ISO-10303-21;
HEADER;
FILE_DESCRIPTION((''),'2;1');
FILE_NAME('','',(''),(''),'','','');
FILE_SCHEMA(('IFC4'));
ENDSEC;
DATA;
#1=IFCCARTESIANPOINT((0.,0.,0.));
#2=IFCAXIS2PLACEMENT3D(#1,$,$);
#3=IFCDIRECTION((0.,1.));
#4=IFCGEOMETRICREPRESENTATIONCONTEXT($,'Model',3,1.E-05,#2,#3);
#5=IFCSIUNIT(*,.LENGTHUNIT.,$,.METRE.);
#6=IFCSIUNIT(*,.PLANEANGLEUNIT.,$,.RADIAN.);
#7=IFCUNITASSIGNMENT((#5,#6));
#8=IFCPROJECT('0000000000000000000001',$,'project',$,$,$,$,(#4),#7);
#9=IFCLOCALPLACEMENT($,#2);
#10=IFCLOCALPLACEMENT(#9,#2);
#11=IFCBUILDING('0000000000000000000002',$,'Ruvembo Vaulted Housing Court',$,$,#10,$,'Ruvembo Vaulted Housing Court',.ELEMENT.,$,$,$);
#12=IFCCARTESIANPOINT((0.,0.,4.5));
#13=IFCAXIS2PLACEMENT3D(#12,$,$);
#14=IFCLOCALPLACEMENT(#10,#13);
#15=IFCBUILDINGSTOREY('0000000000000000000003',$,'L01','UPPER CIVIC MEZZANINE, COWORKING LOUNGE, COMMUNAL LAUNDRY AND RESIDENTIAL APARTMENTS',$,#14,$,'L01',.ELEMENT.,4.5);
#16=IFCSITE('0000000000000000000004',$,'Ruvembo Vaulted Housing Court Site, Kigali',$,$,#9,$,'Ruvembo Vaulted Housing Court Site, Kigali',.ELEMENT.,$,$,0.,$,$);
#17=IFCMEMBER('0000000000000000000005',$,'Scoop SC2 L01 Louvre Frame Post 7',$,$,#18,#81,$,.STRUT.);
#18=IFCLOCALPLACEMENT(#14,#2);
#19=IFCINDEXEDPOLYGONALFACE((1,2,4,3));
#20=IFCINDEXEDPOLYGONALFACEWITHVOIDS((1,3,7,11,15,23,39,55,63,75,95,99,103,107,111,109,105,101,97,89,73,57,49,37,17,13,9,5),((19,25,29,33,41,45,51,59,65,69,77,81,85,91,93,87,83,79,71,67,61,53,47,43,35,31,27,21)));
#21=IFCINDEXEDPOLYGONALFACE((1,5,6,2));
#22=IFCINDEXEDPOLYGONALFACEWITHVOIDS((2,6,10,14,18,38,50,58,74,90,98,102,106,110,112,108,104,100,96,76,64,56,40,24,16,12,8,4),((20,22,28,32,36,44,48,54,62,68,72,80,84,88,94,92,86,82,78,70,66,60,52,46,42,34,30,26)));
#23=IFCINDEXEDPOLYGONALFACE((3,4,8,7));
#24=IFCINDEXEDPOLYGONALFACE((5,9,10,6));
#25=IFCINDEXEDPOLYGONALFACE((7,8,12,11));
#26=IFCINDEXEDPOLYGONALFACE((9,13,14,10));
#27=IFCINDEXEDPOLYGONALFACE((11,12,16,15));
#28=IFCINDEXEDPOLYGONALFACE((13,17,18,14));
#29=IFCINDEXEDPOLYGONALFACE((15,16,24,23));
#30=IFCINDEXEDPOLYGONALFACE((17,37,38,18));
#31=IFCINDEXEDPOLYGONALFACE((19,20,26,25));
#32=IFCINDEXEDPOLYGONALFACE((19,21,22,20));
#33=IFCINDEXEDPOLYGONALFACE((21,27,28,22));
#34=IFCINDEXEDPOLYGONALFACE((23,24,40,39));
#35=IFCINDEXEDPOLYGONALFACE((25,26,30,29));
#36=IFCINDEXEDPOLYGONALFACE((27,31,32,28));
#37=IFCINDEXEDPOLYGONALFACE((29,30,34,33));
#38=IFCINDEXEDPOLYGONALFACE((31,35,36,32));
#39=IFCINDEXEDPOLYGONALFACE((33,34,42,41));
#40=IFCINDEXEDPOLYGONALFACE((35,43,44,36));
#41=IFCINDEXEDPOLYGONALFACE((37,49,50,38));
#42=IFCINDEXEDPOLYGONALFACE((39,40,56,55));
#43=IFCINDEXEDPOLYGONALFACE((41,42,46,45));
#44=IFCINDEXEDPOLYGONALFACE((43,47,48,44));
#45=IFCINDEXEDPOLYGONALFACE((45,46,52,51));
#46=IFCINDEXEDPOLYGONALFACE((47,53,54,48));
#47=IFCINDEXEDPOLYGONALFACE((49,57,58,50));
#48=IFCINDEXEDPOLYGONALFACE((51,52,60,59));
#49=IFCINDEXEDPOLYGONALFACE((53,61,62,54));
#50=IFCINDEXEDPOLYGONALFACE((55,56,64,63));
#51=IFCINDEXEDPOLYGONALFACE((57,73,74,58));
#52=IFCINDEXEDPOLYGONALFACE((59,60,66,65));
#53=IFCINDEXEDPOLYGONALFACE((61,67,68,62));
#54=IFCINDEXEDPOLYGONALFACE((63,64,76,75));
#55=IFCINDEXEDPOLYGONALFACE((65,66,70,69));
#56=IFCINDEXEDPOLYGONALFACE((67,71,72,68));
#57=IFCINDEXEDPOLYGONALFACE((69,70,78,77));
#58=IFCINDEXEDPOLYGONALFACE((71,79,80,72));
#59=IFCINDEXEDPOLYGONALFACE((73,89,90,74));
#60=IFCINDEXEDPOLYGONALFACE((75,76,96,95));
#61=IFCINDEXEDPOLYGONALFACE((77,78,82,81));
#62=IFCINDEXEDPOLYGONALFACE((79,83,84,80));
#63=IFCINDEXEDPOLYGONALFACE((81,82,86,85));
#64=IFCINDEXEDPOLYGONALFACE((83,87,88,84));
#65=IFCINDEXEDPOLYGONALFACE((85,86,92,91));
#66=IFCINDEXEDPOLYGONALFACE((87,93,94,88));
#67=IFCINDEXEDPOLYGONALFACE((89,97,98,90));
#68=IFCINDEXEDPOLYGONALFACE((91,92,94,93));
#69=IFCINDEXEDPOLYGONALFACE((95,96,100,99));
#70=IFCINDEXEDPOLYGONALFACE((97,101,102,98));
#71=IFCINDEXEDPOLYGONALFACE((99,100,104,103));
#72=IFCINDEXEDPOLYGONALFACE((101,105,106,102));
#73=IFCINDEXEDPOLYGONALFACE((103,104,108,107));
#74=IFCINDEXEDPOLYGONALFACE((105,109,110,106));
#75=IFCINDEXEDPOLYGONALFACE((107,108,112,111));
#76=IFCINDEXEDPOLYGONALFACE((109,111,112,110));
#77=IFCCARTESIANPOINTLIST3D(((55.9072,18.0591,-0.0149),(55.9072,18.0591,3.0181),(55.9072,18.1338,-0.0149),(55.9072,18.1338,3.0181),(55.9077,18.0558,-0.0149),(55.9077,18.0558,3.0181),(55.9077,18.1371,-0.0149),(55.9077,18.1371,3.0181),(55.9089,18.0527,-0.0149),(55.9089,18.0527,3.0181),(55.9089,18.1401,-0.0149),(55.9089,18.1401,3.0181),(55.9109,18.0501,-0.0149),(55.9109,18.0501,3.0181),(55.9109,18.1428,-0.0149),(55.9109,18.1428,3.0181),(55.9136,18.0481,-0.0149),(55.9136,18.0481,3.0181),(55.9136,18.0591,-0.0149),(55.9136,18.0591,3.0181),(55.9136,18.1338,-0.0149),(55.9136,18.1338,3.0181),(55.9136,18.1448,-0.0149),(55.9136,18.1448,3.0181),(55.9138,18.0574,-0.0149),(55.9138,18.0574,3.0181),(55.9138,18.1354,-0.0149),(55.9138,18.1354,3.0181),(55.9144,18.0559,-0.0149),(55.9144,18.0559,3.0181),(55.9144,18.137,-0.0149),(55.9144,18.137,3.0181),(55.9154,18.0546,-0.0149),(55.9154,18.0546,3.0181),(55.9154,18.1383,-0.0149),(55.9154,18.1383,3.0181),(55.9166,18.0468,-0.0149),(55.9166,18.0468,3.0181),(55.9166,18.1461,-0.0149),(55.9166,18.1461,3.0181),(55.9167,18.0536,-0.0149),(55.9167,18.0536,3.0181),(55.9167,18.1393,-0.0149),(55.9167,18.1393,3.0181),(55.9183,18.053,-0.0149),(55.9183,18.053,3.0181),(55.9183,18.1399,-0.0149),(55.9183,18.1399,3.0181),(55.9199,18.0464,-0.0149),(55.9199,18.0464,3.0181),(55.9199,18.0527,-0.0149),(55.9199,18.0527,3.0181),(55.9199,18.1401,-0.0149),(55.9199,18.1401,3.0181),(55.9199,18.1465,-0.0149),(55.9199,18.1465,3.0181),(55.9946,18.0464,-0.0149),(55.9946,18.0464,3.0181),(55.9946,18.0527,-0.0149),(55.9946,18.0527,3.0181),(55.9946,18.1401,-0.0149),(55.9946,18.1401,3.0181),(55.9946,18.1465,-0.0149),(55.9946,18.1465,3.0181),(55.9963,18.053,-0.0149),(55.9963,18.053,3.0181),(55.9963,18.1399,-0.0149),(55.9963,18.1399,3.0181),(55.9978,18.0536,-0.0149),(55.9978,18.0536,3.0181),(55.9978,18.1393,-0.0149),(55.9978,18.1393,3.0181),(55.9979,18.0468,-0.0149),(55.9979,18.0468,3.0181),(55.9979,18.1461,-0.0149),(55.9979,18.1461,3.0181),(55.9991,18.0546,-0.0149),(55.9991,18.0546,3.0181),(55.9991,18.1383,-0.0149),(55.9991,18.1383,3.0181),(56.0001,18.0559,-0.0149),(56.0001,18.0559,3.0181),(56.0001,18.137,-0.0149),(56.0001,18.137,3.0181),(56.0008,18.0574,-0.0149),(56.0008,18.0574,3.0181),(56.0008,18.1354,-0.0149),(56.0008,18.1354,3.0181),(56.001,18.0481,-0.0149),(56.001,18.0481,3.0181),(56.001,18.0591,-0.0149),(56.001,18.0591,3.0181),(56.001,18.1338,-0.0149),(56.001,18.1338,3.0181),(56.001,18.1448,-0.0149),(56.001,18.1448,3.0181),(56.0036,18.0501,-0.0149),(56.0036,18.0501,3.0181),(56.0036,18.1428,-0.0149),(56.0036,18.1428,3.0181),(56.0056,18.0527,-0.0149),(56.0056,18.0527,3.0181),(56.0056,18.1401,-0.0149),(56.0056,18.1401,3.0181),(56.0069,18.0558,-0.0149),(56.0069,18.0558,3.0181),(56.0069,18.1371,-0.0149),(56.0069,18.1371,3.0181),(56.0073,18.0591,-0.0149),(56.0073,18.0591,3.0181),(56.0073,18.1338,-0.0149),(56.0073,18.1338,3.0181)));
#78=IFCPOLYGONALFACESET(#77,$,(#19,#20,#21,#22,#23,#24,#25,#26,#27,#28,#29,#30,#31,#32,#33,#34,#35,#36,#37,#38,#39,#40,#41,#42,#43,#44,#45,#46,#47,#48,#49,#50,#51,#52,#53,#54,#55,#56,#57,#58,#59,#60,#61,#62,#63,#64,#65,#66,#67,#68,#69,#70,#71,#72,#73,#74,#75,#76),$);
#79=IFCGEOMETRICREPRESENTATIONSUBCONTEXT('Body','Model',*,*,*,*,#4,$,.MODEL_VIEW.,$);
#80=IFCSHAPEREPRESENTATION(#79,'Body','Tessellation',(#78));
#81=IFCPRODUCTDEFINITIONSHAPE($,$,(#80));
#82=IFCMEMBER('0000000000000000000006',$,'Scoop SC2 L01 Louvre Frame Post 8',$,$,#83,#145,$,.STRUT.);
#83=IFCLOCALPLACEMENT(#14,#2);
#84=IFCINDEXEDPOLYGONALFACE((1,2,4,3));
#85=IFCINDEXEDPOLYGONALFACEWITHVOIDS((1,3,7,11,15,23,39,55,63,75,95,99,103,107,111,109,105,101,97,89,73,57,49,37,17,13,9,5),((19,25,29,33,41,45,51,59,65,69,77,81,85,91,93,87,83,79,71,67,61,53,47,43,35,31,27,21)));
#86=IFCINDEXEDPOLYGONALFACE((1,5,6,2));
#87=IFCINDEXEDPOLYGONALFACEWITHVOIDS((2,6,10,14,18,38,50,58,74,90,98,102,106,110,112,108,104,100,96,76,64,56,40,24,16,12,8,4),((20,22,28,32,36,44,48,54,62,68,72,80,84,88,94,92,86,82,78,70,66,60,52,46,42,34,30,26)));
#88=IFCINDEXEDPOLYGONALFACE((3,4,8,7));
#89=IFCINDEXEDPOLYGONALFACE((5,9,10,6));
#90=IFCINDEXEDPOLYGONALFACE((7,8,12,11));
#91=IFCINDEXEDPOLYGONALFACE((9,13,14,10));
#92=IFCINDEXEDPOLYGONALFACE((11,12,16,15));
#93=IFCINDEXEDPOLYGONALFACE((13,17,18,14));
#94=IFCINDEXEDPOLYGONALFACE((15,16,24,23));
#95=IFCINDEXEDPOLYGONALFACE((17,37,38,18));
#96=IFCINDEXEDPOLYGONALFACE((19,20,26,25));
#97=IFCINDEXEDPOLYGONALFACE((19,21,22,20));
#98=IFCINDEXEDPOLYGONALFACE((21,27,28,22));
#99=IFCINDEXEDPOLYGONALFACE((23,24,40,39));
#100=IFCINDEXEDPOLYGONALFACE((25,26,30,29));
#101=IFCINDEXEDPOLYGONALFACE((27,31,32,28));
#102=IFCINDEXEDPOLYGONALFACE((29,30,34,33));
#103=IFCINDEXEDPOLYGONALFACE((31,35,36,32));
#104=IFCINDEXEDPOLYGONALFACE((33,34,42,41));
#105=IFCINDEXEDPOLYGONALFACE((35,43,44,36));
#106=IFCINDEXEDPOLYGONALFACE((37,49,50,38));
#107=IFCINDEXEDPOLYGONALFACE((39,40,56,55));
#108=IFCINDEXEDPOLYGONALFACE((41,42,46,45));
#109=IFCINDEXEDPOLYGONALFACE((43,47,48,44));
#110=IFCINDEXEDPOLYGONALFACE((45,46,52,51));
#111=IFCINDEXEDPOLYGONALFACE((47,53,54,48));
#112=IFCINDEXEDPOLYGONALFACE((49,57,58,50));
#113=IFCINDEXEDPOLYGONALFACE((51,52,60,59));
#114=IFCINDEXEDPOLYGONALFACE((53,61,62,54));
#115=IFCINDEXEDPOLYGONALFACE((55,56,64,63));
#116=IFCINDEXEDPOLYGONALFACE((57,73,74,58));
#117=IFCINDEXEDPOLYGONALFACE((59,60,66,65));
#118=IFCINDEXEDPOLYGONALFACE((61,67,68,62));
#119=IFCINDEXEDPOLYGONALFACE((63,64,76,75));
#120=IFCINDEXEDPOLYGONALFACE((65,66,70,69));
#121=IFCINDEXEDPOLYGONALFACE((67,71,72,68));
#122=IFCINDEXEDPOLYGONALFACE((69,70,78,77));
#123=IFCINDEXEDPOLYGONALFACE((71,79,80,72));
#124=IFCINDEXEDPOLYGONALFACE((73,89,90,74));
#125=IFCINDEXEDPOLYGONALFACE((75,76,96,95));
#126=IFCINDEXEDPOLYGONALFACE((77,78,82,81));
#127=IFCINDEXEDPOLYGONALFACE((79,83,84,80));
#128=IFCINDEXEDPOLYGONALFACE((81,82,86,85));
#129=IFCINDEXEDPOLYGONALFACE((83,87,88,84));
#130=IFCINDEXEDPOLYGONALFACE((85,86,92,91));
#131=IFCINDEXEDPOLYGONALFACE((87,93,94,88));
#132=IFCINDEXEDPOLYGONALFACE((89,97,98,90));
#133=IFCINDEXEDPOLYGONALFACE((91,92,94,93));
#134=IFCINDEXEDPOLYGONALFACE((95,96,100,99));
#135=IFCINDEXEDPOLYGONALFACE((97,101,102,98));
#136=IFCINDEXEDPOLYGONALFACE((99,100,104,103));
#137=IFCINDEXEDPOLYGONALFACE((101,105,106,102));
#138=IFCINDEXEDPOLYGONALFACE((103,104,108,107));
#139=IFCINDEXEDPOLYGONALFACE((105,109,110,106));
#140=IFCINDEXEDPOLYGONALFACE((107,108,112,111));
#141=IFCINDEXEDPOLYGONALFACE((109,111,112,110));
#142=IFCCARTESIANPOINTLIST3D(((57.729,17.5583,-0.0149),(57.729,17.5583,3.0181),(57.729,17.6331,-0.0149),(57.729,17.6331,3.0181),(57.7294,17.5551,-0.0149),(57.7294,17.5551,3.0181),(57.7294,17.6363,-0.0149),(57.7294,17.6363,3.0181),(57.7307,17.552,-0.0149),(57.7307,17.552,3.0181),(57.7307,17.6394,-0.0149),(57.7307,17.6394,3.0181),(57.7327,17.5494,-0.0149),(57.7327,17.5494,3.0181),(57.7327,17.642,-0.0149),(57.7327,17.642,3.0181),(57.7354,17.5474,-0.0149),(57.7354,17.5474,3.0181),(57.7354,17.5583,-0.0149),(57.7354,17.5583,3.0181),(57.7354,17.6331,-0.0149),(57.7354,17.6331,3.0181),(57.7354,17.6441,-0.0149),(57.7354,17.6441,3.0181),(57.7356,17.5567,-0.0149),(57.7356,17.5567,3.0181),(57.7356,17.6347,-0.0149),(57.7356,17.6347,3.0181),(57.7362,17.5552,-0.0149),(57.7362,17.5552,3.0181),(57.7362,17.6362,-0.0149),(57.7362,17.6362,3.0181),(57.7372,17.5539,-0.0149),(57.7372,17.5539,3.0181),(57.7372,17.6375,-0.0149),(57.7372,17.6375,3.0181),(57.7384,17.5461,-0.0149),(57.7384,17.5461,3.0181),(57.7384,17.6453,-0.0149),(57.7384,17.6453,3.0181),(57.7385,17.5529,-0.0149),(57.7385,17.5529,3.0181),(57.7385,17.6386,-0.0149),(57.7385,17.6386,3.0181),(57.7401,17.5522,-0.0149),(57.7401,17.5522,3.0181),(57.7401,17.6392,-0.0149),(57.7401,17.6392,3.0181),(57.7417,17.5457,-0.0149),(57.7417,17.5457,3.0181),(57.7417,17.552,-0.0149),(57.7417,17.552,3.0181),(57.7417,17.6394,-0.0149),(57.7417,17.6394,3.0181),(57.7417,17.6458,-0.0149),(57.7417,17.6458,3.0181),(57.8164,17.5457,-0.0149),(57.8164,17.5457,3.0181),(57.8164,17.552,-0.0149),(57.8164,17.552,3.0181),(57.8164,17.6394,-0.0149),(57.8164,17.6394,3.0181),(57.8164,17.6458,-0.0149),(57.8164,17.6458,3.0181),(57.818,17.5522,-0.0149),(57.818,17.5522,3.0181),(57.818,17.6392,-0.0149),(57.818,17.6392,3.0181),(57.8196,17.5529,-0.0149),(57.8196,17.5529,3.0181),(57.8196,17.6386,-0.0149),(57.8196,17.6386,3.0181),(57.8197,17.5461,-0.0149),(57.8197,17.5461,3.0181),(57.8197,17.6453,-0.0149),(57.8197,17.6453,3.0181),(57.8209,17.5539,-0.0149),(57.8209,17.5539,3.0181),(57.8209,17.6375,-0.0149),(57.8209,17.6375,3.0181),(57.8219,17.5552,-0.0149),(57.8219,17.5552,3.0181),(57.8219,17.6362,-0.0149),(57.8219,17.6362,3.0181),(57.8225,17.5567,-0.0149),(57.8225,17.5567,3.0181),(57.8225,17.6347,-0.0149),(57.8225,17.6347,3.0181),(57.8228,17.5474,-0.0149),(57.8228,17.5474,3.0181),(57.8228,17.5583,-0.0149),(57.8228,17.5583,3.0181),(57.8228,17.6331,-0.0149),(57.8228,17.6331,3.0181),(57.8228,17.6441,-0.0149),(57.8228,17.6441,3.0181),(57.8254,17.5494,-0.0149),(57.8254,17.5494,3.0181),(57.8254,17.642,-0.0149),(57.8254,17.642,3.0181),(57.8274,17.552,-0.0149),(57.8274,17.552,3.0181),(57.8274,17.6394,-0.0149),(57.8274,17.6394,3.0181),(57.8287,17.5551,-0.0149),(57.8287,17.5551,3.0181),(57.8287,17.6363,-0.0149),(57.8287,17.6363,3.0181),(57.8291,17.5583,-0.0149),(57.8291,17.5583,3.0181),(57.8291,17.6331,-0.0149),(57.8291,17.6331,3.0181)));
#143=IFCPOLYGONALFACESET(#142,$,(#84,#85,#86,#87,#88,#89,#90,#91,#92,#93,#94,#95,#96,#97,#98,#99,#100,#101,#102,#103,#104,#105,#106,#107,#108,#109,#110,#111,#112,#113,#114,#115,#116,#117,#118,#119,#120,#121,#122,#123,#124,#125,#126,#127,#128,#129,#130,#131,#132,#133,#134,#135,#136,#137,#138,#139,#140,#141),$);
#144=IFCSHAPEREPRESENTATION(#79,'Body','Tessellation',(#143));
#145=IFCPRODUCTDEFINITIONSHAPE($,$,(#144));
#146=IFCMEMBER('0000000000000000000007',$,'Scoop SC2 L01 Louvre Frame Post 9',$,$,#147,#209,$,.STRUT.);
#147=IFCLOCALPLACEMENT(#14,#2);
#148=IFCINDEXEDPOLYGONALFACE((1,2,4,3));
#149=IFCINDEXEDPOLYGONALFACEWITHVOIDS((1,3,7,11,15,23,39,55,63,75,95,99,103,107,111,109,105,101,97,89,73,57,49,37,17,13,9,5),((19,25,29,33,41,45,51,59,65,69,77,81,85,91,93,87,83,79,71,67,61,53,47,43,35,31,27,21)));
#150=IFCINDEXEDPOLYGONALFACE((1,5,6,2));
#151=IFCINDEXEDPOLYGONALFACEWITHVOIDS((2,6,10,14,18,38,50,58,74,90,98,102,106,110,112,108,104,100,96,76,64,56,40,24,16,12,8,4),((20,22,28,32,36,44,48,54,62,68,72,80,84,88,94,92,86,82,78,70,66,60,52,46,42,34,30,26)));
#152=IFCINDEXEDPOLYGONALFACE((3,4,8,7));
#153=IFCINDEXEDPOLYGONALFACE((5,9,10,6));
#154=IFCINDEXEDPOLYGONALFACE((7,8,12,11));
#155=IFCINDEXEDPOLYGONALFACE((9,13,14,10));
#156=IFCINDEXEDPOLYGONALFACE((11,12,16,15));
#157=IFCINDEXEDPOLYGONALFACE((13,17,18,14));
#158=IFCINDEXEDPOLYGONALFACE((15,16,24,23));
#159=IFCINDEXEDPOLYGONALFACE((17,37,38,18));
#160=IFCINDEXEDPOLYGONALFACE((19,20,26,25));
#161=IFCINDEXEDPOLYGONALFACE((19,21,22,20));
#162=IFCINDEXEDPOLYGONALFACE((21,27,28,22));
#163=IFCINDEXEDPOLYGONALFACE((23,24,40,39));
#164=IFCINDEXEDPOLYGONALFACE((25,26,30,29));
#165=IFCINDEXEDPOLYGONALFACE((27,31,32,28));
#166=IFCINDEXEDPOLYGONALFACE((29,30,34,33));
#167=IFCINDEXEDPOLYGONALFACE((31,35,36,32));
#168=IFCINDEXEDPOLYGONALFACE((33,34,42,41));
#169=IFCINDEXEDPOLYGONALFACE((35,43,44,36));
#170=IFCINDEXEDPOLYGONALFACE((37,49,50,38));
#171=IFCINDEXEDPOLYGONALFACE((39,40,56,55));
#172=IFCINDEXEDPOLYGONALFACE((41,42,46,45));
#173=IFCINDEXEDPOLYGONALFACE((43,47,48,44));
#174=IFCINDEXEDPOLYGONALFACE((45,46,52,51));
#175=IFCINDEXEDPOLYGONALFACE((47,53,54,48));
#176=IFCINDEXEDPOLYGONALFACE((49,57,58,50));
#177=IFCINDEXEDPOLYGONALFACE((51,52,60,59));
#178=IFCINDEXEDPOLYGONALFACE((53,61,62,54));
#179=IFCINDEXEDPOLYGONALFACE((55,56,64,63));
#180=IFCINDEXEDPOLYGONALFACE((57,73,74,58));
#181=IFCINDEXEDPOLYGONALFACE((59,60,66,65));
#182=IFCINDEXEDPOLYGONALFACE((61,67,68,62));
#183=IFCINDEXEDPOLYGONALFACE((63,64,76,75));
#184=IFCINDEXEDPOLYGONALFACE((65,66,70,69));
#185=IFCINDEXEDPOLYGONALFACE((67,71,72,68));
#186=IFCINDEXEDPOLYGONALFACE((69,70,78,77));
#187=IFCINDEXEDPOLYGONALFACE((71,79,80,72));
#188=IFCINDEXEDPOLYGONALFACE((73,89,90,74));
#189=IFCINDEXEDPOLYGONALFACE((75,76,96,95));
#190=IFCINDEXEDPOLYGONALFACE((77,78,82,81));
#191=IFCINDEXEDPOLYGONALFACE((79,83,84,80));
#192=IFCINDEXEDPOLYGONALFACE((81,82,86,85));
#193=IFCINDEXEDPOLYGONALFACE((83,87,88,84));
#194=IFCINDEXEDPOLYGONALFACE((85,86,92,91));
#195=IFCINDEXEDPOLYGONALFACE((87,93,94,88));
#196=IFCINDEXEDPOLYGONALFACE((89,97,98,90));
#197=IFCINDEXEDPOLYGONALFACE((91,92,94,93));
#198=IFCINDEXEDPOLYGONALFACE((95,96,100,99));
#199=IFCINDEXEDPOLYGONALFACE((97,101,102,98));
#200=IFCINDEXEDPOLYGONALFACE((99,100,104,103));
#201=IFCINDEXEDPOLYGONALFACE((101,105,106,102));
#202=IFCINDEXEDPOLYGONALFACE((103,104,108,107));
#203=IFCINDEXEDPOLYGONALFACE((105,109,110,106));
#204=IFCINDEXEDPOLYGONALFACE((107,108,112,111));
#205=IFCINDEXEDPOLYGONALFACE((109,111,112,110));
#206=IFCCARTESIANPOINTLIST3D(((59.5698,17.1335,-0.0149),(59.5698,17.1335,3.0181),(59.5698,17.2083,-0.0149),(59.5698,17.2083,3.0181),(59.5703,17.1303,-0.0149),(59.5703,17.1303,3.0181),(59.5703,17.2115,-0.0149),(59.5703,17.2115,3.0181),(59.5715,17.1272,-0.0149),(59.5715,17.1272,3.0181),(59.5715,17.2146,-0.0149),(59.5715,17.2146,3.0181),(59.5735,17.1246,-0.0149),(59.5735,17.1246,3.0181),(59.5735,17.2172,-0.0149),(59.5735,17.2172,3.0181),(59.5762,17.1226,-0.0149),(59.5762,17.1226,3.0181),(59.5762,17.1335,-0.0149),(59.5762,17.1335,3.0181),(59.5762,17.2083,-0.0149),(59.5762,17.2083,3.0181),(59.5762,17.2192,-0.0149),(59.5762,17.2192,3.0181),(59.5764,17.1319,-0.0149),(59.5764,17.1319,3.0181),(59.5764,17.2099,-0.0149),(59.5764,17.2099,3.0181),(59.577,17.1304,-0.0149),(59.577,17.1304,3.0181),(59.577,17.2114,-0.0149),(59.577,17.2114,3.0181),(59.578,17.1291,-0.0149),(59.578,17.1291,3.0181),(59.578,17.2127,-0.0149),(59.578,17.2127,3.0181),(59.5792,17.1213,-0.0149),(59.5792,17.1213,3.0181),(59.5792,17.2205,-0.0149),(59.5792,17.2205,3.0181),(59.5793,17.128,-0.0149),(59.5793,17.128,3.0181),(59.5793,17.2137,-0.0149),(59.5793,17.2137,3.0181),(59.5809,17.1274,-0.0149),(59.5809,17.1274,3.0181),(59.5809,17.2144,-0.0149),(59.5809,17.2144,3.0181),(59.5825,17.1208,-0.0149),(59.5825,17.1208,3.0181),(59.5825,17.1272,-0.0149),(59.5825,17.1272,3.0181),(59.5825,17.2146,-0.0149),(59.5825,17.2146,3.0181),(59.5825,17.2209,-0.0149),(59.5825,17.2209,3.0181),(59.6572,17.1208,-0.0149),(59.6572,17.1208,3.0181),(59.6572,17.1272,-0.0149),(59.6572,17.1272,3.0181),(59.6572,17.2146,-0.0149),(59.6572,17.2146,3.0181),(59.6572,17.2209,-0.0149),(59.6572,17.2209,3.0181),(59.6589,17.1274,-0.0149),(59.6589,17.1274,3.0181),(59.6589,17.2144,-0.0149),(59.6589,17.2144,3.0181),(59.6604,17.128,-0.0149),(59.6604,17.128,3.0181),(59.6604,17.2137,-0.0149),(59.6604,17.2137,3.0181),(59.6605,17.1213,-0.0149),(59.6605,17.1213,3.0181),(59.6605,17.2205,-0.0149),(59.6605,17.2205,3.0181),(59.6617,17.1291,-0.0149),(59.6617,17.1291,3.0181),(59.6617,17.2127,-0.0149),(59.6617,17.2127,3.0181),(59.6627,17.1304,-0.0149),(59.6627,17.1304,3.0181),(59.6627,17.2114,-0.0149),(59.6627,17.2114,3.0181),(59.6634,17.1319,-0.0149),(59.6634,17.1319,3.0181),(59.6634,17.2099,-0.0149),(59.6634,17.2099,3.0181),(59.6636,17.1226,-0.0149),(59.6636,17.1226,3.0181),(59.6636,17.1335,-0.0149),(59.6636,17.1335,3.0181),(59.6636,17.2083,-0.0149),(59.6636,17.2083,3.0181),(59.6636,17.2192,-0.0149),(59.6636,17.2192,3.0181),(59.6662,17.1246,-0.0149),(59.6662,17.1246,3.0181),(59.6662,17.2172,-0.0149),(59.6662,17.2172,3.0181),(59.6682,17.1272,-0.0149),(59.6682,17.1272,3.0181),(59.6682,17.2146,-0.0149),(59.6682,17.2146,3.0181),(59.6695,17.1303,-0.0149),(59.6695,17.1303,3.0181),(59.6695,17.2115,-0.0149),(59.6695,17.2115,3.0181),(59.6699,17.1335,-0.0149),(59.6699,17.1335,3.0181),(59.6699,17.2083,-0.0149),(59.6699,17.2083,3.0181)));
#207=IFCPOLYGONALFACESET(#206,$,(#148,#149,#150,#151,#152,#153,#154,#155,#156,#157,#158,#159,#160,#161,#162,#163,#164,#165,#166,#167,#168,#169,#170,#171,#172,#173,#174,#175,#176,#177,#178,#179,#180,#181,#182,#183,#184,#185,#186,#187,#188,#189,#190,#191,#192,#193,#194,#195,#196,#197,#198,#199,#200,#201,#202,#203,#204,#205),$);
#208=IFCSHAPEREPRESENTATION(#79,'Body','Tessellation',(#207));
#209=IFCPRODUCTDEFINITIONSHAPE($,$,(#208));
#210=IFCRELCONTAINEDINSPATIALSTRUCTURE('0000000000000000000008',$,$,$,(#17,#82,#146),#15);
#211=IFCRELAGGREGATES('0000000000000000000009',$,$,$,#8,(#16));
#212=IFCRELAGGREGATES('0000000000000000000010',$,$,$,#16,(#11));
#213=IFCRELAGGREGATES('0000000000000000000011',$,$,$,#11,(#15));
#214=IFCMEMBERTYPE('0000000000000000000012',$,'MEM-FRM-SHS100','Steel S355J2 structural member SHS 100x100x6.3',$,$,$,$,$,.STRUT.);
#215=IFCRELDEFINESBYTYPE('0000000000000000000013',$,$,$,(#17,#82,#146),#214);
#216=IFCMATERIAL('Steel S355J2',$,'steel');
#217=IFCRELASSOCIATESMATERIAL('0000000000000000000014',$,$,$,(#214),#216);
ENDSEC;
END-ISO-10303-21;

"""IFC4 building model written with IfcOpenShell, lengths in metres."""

from ifc_helpers import new_model, si_unit, direction, frame, origin, origin_2d, place, context, subcontext, project, spatial, hollow_rectangle, extrude, material, material_profile, profile_set, type_object, element, save


model = new_model("IFC4")

# Units and contexts
model_context = context("Model", 3, precision=1e-05, world=origin(), true_north=direction((0.0, 1.0)))
body_context = subcontext(model_context, "Body", "Model", "MODEL_VIEW")
ifc_project = project(units=[si_unit("LENGTHUNIT", "METRE"), si_unit("PLANEANGLEUNIT", "RADIAN")], contexts=[model_context])

# Site, building, storey
site_placement = place(None, origin())
site = spatial("IfcSite", under=ifc_project, at=site_placement, Name="Ruvembo Vaulted Housing Court Site, Kigali", LongName="Ruvembo Vaulted Housing Court Site, Kigali", CompositionType="ELEMENT", RefElevation=0.0)
building_placement = place(site_placement, origin())
building = spatial("IfcBuilding", under=site, at=building_placement, Name="Ruvembo Vaulted Housing Court", LongName="Ruvembo Vaulted Housing Court", CompositionType="ELEMENT")
storey_placement = place(building_placement, frame((0.0, 0.0, 4.5)))
storey = spatial("IfcBuildingStorey", under=building, at=storey_placement, Name="L01", Description="UPPER CIVIC MEZZANINE, COWORKING LOUNGE, COMMUNAL LAUNDRY AND RESIDENTIAL APARTMENTS", LongName="L01", CompositionType="ELEMENT", Elevation=4.5)

# Shared definitions
ifc_material_1 = material(Name="Steel S355J2", Category="steel")

# Members
ifc_material_profile_1 = material_profile(ifc_material_1, hollow_rectangle(XDim=0.1001, YDim=0.1001, WallThickness=0.0063, InnerFilletRadius=0.0063, OuterFilletRadius=0.0127, at=origin_2d()), Name="SHS 100x100x6.3")
ifc_profile_set_1 = profile_set([ifc_material_profile_1], Name="Steel S355J2")
member_type_1 = type_object("IfcMemberType", Name="MEM-FRM-SHS100", Description="Steel S355J2 structural member SHS 100x100x6.3", PredefinedType="STRUT", material=ifc_profile_set_1)
for number, where, z_axis, x_axis, name in (
    (1, (55.9573, 18.0964, -0.0149), (0.0, 0.0, 1.0), (1.0, 0.0, 0.0), "Scoop SC2 L01 Louvre Frame Post 7"),
    (2, (57.7791, 17.5957, -0.0149), (0.0, 0.0, 1.0), (1.0, 0.0, 0.0), "Scoop SC2 L01 Louvre Frame Post 8"),
    (3, (59.6199, 17.1709, -0.0149), (0.0, 0.0, 1.0), (1.0, 0.0, 0.0), "Scoop SC2 L01 Louvre Frame Post 9"),
):
    element("IfcMember", number, at=place(storey_placement, frame(where, z_axis=z_axis, x_axis=x_axis)), inside=storey, type_object=member_type_1, Name=name, PredefinedType="STRUT", context=body_context, shape_type="SweptSolid", body=[
        extrude(hollow_rectangle(XDim=0.1001, YDim=0.1001, WallThickness=0.0063, InnerFilletRadius=0.0063, OuterFilletRadius=0.0127, at=origin_2d()), origin(), (0.0, 0.0, 1.0), 3.033),
    ])

save(model, "model.ifc")
